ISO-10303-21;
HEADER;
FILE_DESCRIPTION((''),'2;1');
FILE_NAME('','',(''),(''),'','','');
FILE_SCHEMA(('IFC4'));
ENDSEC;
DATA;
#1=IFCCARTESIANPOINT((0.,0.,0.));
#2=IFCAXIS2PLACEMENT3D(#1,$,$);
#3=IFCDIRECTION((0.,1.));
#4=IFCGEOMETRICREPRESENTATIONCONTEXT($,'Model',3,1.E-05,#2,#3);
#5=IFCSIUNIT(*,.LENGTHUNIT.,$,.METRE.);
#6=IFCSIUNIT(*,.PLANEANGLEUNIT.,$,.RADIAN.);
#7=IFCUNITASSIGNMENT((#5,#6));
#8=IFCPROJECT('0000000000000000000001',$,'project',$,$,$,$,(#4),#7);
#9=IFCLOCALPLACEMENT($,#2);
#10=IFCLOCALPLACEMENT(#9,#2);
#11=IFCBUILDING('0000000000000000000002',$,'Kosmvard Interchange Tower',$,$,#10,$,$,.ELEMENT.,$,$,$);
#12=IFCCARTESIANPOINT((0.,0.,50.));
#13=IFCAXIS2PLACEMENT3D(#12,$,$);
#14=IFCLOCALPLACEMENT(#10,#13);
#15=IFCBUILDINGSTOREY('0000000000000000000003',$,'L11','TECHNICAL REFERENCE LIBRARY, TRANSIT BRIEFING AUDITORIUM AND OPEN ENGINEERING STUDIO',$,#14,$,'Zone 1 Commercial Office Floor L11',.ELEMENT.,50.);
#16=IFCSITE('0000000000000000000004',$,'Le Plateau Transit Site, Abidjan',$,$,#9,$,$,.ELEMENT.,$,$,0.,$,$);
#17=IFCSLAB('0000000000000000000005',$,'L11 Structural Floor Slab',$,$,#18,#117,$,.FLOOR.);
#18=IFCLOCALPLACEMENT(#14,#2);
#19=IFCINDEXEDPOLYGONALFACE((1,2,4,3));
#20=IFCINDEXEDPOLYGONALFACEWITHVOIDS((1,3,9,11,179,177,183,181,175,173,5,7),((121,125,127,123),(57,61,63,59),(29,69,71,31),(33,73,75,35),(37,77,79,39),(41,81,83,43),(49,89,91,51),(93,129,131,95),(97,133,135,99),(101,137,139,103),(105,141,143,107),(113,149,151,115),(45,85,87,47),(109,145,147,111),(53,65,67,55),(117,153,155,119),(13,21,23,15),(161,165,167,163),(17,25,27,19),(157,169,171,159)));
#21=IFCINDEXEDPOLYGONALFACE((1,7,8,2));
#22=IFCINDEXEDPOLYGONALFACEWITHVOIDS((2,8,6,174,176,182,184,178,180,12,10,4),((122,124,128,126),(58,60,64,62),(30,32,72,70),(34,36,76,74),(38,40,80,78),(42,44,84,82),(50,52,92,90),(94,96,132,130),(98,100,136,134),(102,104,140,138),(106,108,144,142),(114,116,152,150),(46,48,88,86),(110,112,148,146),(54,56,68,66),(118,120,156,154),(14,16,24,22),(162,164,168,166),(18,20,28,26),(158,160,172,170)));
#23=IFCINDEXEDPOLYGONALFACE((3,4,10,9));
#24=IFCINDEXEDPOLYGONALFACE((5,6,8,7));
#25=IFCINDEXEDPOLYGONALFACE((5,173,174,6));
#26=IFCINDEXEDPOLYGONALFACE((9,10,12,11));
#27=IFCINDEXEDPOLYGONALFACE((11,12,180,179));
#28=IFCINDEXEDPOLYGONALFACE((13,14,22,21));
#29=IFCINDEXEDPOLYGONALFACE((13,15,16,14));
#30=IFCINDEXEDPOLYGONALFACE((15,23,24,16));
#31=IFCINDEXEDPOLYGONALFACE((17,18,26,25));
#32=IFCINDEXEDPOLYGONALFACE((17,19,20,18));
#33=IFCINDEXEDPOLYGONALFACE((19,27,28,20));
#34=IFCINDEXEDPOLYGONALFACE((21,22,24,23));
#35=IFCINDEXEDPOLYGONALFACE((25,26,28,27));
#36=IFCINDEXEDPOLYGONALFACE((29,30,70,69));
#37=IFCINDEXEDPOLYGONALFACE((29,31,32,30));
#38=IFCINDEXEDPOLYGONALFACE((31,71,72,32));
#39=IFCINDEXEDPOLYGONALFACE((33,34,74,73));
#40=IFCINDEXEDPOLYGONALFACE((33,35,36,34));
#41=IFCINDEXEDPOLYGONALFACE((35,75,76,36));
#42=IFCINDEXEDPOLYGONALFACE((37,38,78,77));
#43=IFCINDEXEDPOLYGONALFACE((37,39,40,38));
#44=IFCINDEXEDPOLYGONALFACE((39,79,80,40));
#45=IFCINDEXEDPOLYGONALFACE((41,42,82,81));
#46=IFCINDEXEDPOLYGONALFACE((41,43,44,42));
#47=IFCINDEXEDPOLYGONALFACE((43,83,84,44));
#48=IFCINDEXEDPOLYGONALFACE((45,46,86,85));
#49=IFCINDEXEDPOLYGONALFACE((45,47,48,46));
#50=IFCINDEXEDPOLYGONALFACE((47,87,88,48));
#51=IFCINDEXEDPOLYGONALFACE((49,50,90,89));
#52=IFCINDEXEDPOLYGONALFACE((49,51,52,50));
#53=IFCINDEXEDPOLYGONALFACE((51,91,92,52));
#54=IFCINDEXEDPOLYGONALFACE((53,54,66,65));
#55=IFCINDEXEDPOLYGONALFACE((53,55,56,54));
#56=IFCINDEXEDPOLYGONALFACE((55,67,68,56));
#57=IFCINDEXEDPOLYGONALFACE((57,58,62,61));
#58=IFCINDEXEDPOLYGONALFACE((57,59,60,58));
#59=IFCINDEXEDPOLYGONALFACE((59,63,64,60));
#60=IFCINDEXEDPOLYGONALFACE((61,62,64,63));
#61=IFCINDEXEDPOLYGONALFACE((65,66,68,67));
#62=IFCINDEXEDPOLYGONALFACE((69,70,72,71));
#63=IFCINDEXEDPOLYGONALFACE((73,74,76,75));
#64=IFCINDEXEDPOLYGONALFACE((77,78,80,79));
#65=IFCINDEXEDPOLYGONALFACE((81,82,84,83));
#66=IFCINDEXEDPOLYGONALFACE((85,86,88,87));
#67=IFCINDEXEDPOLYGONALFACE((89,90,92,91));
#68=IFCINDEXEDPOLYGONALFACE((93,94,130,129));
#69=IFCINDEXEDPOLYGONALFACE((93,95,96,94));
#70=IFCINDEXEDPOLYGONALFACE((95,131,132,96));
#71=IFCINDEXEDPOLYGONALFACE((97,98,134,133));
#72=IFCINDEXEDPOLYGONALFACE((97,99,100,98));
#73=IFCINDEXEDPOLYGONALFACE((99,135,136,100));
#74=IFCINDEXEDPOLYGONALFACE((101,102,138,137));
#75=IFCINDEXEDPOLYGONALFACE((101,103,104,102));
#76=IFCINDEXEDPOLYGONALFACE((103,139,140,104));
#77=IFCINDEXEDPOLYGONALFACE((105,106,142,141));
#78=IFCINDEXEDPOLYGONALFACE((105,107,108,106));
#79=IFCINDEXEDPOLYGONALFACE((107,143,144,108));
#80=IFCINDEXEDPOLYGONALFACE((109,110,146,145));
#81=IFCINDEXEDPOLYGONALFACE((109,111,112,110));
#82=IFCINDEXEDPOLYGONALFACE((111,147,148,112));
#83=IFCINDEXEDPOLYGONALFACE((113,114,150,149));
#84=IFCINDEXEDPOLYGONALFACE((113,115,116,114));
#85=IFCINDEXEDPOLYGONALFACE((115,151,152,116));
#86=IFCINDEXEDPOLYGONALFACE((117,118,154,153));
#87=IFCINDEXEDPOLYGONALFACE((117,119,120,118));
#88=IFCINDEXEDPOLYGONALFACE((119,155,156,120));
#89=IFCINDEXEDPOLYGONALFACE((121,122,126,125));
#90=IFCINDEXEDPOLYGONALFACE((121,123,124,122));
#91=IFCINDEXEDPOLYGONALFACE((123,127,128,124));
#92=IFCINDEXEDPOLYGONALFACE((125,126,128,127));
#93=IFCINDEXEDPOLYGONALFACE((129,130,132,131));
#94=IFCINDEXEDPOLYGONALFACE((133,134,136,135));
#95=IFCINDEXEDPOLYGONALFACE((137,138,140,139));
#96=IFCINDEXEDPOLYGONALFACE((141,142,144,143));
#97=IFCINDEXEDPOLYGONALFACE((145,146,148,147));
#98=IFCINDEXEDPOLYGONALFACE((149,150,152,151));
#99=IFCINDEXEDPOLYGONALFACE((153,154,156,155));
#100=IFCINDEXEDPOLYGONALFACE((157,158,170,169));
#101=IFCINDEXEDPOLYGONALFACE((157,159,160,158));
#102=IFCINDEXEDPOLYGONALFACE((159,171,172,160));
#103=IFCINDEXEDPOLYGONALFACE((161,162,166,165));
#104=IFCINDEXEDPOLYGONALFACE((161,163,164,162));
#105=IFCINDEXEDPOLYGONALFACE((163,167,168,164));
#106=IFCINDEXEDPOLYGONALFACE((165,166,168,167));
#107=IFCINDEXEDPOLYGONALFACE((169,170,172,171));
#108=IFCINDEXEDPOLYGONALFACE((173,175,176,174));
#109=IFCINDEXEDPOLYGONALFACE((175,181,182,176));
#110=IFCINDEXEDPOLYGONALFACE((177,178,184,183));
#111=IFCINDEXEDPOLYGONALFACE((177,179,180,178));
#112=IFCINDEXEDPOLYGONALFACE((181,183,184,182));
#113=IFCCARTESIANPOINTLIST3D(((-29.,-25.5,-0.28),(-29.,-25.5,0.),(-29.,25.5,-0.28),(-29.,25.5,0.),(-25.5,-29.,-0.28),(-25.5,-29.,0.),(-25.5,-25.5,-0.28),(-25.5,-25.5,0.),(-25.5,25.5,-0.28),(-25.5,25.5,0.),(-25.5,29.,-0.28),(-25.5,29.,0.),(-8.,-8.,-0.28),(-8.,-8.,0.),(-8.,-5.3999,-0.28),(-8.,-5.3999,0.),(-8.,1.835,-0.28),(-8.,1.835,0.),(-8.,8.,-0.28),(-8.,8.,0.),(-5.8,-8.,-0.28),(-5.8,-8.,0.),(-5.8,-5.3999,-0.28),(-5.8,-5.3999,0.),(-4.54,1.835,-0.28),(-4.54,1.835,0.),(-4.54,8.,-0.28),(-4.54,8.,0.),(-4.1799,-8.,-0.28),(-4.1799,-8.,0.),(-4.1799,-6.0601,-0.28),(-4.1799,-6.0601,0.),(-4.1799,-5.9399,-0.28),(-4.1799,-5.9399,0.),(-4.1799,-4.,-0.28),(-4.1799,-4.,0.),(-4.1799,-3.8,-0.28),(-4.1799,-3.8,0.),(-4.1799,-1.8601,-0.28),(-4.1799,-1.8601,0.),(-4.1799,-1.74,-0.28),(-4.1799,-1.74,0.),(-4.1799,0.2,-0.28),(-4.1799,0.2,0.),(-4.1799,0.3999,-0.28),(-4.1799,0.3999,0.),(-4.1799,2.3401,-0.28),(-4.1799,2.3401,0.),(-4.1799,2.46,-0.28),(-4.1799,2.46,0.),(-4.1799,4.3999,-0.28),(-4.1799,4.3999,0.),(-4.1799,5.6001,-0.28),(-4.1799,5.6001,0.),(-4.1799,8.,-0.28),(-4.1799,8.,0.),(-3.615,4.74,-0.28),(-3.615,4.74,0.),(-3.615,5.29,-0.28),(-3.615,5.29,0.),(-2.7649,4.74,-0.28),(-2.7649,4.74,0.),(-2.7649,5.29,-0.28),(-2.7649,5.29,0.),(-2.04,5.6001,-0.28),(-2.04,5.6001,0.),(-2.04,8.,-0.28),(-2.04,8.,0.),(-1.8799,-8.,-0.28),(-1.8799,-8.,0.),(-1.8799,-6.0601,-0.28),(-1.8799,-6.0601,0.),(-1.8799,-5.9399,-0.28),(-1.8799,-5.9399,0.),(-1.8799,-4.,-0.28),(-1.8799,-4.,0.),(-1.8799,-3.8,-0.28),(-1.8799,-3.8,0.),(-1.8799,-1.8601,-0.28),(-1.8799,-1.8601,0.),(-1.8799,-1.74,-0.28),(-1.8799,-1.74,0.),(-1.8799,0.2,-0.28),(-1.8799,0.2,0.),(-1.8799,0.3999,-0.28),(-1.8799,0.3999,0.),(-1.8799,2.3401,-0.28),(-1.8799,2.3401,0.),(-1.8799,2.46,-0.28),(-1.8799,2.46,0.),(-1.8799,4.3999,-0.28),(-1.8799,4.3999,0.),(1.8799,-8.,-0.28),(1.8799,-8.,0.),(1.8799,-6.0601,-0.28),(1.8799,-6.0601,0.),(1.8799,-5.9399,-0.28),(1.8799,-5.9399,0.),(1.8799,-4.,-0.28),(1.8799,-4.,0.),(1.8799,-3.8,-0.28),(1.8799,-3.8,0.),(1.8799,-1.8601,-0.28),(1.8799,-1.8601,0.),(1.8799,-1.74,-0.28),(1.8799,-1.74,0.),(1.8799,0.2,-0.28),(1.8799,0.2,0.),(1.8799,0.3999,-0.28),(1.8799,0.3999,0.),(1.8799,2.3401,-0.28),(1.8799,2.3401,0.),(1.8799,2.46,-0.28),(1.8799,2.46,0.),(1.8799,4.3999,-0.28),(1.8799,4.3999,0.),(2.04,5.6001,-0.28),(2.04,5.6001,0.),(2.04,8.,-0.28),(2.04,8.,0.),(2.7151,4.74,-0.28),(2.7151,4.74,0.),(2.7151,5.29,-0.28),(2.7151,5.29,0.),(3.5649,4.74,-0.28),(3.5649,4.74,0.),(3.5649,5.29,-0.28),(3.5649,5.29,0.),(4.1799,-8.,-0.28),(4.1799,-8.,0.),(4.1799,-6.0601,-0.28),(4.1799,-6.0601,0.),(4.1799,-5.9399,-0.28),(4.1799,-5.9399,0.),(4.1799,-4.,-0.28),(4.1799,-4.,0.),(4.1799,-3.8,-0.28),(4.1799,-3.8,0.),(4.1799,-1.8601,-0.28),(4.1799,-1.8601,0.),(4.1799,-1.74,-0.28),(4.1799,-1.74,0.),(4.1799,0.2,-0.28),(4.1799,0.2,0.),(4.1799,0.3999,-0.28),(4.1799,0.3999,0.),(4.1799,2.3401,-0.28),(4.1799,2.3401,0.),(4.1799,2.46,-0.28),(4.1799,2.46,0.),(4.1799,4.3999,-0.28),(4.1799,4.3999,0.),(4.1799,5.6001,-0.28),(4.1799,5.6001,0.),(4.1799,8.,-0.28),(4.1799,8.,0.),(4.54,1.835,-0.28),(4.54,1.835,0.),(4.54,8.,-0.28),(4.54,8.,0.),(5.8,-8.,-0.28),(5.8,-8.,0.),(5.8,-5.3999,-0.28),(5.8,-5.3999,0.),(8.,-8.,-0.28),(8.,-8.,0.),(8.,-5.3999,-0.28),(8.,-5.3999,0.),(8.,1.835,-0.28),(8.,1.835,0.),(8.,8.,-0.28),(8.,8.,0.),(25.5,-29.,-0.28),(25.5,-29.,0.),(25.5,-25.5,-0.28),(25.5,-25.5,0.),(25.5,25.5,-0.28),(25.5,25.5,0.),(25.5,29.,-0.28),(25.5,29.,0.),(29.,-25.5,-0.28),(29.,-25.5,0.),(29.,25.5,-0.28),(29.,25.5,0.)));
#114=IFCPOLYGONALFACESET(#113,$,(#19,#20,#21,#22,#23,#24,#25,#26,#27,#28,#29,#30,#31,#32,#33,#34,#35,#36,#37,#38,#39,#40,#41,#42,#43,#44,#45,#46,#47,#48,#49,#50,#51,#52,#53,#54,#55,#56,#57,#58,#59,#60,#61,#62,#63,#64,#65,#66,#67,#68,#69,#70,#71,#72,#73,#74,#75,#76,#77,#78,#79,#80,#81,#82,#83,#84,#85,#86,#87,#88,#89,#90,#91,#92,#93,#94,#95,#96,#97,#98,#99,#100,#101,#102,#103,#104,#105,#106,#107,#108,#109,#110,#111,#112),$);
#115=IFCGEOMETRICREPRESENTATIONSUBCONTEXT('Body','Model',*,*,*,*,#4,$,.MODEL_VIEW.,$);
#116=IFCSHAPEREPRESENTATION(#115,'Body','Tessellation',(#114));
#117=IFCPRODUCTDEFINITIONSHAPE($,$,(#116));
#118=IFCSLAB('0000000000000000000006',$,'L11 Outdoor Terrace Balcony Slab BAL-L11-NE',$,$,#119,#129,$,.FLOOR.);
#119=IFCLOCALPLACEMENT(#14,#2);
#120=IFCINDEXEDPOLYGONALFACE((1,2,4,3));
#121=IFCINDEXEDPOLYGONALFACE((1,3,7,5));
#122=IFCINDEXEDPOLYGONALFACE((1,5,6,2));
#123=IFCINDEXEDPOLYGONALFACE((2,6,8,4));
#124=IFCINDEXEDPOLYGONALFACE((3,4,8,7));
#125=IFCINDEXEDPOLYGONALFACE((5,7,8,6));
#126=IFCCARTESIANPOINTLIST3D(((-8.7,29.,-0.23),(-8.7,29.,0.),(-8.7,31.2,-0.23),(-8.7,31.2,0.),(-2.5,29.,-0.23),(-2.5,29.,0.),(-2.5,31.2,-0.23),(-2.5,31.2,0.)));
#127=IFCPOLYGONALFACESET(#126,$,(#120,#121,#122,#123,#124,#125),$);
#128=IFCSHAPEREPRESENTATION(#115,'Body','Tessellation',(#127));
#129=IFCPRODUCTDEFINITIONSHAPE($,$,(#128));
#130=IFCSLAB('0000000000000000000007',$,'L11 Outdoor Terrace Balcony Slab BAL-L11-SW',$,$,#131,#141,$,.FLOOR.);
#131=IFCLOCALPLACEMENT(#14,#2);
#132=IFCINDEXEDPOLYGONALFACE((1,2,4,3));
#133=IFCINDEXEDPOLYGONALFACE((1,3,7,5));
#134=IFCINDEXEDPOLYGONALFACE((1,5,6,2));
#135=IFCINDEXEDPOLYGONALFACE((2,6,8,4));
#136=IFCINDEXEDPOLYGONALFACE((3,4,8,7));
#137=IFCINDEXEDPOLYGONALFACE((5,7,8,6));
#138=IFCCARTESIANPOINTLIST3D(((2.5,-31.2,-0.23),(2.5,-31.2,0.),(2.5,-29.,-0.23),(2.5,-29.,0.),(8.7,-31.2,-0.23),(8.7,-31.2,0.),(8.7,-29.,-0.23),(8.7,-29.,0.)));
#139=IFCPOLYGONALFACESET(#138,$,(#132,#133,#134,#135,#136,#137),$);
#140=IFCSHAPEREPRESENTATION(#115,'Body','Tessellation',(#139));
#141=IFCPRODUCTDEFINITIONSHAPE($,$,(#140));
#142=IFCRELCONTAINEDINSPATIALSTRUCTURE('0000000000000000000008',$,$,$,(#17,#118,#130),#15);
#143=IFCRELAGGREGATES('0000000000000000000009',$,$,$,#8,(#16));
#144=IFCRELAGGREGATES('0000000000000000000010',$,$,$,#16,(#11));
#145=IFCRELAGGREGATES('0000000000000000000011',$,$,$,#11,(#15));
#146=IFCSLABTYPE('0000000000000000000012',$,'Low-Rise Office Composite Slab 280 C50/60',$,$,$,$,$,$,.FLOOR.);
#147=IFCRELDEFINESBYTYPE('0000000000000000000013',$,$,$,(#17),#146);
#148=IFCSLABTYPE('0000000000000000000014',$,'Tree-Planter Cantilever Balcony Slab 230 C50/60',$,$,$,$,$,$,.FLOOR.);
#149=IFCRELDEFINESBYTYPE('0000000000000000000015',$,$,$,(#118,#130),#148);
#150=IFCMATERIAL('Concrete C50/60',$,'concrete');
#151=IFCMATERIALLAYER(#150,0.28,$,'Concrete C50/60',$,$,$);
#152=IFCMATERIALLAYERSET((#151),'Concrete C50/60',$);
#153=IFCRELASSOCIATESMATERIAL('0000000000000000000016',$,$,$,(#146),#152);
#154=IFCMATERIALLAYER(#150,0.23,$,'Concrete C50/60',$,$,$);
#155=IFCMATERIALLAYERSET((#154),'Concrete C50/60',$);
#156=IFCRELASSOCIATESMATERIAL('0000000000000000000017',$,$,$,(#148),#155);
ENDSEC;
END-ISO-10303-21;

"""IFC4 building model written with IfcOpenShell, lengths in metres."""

from ifc_helpers import new_model, si_unit, direction, frame, origin, place, context, subcontext, project, spatial, polyline, outline, extrude, material, layer, layer_set, type_object, element, save


model = new_model("IFC4")

# Units and contexts
model_context = context("Model", 3, precision=1e-05, world=origin(), true_north=direction((0.0, 1.0)))
body_context = subcontext(model_context, "Body", "Model", "MODEL_VIEW")
ifc_project = project(units=[si_unit("LENGTHUNIT", "METRE"), si_unit("PLANEANGLEUNIT", "RADIAN")], contexts=[model_context])

# Site, building, storey
site_placement = place(None, origin())
site = spatial("IfcSite", under=ifc_project, at=site_placement, Name="Le Plateau Transit Site, Abidjan", CompositionType="ELEMENT", RefElevation=0.0)
building_placement = place(site_placement, origin())
building = spatial("IfcBuilding", under=site, at=building_placement, Name="Kosmvard Interchange Tower", CompositionType="ELEMENT")
storey_placement = place(building_placement, frame((0.0, 0.0, 50.0)))
storey = spatial("IfcBuildingStorey", under=building, at=storey_placement, Name="L11", Description="TECHNICAL REFERENCE LIBRARY, TRANSIT BRIEFING AUDITORIUM AND OPEN ENGINEERING STUDIO", LongName="Zone 1 Commercial Office Floor L11", CompositionType="ELEMENT", Elevation=50.0)

# Slabs
ifc_material_1 = material(Name="Concrete C50/60", Category="concrete")
ifc_layer_1 = layer(ifc_material_1, 0.28, Name="Concrete C50/60")
ifc_layer_set_1 = layer_set([ifc_layer_1], Name="Concrete C50/60")
slab_type_1 = type_object("IfcSlabType", Name="Low-Rise Office Composite Slab 280 C50/60", PredefinedType="FLOOR", material=ifc_layer_set_1)
slab_1_placement = place(storey_placement, frame((0.0, 0.0, -0.28)))
element("IfcSlab", 1, at=slab_1_placement, inside=storey, type_object=slab_type_1, Name="L11 Structural Floor Slab", PredefinedType="FLOOR", context=body_context, shape_type="SweptSolid", body=[
    extrude(outline(polyline([(-25.5, -29.0), (25.5, -29.0), (25.5, -25.5), (29.0, -25.5), (29.0, 25.5), (25.5, 25.5), (25.5, 29.0), (-25.5, 29.0), (-25.5, 25.5), (-29.0, 25.5), (-29.0, -25.5), (-25.5, -25.5), (-25.5, -29.0)]), holes=[polyline([(-8.0, 1.835), (-4.54, 1.835), (-4.54, 8.0), (-8.0, 8.0), (-8.0, 1.835)]), polyline([(4.54, 1.835), (8.0, 1.835), (8.0, 8.0), (4.54, 8.0), (4.54, 1.835)]), polyline([(-8.0, -8.0), (-5.8, -8.0), (-5.8, -5.3999), (-8.0, -5.3999), (-8.0, -8.0)]), polyline([(5.8, -8.0), (8.0, -8.0), (8.0, -5.3999), (5.8, -5.3999), (5.8, -8.0)]), polyline([(-4.1799, -8.0), (-1.8799, -8.0), (-1.8799, -6.0601), (-4.1799, -6.0601), (-4.1799, -8.0)]), polyline([(-4.1799, -5.9399), (-1.8799, -5.9399), (-1.8799, -4.0), (-4.1799, -4.0), (-4.1799, -5.9399)]), polyline([(1.8799, -8.0), (4.1799, -8.0), (4.1799, -6.0601), (1.8799, -6.0601), (1.8799, -8.0)]), polyline([(1.8799, -5.9399), (4.1799, -5.9399), (4.1799, -4.0), (1.8799, -4.0), (1.8799, -5.9399)]), polyline([(-4.1799, -3.8), (-1.8799, -3.8), (-1.8799, -1.8601), (-4.1799, -1.8601), (-4.1799, -3.8)]), polyline([(-4.1799, -1.74), (-1.8799, -1.74), (-1.8799, 0.2), (-4.1799, 0.2), (-4.1799, -1.74)]), polyline([(1.8799, -3.8), (4.1799, -3.8), (4.1799, -1.8601), (1.8799, -1.8601), (1.8799, -3.8)]), polyline([(1.8799, -1.74), (4.1799, -1.74), (4.1799, 0.2), (1.8799, 0.2), (1.8799, -1.74)]), polyline([(-4.1799, 0.3999), (-1.8799, 0.3999), (-1.8799, 2.3401), (-4.1799, 2.3401), (-4.1799, 0.3999)]), polyline([(-4.1799, 2.46), (-1.8799, 2.46), (-1.8799, 4.3999), (-4.1799, 4.3999), (-4.1799, 2.46)]), polyline([(1.8799, 0.3999), (4.1799, 0.3999), (4.1799, 2.3401), (1.8799, 2.3401), (1.8799, 0.3999)]), polyline([(1.8799, 2.46), (4.1799, 2.46), (4.1799, 4.3999), (1.8799, 4.3999), (1.8799, 2.46)]), polyline([(-4.1799, 5.6001), (-2.04, 5.6001), (-2.04, 8.0), (-4.1799, 8.0), (-4.1799, 5.6001)]), polyline([(2.04, 5.6001), (4.1799, 5.6001), (4.1799, 8.0), (2.04, 8.0), (2.04, 5.6001)]), polyline([(-3.615, 4.74), (-2.7649, 4.74), (-2.7649, 5.29), (-3.615, 5.29), (-3.615, 4.74)]), polyline([(2.7151, 4.74), (3.5649, 4.74), (3.5649, 5.29), (2.7151, 5.29), (2.7151, 4.74)])]), origin(), (0.0, 0.0, 1.0), 0.28),
])
ifc_layer_2 = layer(ifc_material_1, 0.23, Name="Concrete C50/60")
ifc_layer_set_2 = layer_set([ifc_layer_2], Name="Concrete C50/60")
slab_type_2 = type_object("IfcSlabType", Name="Tree-Planter Cantilever Balcony Slab 230 C50/60", PredefinedType="FLOOR", material=ifc_layer_set_2)
slab_2_placement = place(storey_placement, frame((0.0, 0.0, -0.23)))
element("IfcSlab", 2, at=slab_2_placement, inside=storey, type_object=slab_type_2, Name="L11 Outdoor Terrace Balcony Slab BAL-L11-NE", PredefinedType="FLOOR", context=body_context, shape_type="SweptSolid", body=[
    extrude(outline(polyline([(-8.7, 29.0), (-2.5, 29.0), (-2.5, 31.2), (-8.7, 31.2), (-8.7, 29.0)])), origin(), (0.0, 0.0, 1.0), 0.23),
])
slab_3_placement = place(storey_placement, frame((0.0, 0.0, -0.23)))
element("IfcSlab", 3, at=slab_3_placement, inside=storey, type_object=slab_type_2, Name="L11 Outdoor Terrace Balcony Slab BAL-L11-SW", PredefinedType="FLOOR", context=body_context, shape_type="SweptSolid", body=[
    extrude(outline(polyline([(2.5, -31.2), (8.7, -31.2), (8.7, -29.0), (2.5, -29.0), (2.5, -31.2)])), origin(), (0.0, 0.0, 1.0), 0.23),
])

save(model, "model.ifc")
